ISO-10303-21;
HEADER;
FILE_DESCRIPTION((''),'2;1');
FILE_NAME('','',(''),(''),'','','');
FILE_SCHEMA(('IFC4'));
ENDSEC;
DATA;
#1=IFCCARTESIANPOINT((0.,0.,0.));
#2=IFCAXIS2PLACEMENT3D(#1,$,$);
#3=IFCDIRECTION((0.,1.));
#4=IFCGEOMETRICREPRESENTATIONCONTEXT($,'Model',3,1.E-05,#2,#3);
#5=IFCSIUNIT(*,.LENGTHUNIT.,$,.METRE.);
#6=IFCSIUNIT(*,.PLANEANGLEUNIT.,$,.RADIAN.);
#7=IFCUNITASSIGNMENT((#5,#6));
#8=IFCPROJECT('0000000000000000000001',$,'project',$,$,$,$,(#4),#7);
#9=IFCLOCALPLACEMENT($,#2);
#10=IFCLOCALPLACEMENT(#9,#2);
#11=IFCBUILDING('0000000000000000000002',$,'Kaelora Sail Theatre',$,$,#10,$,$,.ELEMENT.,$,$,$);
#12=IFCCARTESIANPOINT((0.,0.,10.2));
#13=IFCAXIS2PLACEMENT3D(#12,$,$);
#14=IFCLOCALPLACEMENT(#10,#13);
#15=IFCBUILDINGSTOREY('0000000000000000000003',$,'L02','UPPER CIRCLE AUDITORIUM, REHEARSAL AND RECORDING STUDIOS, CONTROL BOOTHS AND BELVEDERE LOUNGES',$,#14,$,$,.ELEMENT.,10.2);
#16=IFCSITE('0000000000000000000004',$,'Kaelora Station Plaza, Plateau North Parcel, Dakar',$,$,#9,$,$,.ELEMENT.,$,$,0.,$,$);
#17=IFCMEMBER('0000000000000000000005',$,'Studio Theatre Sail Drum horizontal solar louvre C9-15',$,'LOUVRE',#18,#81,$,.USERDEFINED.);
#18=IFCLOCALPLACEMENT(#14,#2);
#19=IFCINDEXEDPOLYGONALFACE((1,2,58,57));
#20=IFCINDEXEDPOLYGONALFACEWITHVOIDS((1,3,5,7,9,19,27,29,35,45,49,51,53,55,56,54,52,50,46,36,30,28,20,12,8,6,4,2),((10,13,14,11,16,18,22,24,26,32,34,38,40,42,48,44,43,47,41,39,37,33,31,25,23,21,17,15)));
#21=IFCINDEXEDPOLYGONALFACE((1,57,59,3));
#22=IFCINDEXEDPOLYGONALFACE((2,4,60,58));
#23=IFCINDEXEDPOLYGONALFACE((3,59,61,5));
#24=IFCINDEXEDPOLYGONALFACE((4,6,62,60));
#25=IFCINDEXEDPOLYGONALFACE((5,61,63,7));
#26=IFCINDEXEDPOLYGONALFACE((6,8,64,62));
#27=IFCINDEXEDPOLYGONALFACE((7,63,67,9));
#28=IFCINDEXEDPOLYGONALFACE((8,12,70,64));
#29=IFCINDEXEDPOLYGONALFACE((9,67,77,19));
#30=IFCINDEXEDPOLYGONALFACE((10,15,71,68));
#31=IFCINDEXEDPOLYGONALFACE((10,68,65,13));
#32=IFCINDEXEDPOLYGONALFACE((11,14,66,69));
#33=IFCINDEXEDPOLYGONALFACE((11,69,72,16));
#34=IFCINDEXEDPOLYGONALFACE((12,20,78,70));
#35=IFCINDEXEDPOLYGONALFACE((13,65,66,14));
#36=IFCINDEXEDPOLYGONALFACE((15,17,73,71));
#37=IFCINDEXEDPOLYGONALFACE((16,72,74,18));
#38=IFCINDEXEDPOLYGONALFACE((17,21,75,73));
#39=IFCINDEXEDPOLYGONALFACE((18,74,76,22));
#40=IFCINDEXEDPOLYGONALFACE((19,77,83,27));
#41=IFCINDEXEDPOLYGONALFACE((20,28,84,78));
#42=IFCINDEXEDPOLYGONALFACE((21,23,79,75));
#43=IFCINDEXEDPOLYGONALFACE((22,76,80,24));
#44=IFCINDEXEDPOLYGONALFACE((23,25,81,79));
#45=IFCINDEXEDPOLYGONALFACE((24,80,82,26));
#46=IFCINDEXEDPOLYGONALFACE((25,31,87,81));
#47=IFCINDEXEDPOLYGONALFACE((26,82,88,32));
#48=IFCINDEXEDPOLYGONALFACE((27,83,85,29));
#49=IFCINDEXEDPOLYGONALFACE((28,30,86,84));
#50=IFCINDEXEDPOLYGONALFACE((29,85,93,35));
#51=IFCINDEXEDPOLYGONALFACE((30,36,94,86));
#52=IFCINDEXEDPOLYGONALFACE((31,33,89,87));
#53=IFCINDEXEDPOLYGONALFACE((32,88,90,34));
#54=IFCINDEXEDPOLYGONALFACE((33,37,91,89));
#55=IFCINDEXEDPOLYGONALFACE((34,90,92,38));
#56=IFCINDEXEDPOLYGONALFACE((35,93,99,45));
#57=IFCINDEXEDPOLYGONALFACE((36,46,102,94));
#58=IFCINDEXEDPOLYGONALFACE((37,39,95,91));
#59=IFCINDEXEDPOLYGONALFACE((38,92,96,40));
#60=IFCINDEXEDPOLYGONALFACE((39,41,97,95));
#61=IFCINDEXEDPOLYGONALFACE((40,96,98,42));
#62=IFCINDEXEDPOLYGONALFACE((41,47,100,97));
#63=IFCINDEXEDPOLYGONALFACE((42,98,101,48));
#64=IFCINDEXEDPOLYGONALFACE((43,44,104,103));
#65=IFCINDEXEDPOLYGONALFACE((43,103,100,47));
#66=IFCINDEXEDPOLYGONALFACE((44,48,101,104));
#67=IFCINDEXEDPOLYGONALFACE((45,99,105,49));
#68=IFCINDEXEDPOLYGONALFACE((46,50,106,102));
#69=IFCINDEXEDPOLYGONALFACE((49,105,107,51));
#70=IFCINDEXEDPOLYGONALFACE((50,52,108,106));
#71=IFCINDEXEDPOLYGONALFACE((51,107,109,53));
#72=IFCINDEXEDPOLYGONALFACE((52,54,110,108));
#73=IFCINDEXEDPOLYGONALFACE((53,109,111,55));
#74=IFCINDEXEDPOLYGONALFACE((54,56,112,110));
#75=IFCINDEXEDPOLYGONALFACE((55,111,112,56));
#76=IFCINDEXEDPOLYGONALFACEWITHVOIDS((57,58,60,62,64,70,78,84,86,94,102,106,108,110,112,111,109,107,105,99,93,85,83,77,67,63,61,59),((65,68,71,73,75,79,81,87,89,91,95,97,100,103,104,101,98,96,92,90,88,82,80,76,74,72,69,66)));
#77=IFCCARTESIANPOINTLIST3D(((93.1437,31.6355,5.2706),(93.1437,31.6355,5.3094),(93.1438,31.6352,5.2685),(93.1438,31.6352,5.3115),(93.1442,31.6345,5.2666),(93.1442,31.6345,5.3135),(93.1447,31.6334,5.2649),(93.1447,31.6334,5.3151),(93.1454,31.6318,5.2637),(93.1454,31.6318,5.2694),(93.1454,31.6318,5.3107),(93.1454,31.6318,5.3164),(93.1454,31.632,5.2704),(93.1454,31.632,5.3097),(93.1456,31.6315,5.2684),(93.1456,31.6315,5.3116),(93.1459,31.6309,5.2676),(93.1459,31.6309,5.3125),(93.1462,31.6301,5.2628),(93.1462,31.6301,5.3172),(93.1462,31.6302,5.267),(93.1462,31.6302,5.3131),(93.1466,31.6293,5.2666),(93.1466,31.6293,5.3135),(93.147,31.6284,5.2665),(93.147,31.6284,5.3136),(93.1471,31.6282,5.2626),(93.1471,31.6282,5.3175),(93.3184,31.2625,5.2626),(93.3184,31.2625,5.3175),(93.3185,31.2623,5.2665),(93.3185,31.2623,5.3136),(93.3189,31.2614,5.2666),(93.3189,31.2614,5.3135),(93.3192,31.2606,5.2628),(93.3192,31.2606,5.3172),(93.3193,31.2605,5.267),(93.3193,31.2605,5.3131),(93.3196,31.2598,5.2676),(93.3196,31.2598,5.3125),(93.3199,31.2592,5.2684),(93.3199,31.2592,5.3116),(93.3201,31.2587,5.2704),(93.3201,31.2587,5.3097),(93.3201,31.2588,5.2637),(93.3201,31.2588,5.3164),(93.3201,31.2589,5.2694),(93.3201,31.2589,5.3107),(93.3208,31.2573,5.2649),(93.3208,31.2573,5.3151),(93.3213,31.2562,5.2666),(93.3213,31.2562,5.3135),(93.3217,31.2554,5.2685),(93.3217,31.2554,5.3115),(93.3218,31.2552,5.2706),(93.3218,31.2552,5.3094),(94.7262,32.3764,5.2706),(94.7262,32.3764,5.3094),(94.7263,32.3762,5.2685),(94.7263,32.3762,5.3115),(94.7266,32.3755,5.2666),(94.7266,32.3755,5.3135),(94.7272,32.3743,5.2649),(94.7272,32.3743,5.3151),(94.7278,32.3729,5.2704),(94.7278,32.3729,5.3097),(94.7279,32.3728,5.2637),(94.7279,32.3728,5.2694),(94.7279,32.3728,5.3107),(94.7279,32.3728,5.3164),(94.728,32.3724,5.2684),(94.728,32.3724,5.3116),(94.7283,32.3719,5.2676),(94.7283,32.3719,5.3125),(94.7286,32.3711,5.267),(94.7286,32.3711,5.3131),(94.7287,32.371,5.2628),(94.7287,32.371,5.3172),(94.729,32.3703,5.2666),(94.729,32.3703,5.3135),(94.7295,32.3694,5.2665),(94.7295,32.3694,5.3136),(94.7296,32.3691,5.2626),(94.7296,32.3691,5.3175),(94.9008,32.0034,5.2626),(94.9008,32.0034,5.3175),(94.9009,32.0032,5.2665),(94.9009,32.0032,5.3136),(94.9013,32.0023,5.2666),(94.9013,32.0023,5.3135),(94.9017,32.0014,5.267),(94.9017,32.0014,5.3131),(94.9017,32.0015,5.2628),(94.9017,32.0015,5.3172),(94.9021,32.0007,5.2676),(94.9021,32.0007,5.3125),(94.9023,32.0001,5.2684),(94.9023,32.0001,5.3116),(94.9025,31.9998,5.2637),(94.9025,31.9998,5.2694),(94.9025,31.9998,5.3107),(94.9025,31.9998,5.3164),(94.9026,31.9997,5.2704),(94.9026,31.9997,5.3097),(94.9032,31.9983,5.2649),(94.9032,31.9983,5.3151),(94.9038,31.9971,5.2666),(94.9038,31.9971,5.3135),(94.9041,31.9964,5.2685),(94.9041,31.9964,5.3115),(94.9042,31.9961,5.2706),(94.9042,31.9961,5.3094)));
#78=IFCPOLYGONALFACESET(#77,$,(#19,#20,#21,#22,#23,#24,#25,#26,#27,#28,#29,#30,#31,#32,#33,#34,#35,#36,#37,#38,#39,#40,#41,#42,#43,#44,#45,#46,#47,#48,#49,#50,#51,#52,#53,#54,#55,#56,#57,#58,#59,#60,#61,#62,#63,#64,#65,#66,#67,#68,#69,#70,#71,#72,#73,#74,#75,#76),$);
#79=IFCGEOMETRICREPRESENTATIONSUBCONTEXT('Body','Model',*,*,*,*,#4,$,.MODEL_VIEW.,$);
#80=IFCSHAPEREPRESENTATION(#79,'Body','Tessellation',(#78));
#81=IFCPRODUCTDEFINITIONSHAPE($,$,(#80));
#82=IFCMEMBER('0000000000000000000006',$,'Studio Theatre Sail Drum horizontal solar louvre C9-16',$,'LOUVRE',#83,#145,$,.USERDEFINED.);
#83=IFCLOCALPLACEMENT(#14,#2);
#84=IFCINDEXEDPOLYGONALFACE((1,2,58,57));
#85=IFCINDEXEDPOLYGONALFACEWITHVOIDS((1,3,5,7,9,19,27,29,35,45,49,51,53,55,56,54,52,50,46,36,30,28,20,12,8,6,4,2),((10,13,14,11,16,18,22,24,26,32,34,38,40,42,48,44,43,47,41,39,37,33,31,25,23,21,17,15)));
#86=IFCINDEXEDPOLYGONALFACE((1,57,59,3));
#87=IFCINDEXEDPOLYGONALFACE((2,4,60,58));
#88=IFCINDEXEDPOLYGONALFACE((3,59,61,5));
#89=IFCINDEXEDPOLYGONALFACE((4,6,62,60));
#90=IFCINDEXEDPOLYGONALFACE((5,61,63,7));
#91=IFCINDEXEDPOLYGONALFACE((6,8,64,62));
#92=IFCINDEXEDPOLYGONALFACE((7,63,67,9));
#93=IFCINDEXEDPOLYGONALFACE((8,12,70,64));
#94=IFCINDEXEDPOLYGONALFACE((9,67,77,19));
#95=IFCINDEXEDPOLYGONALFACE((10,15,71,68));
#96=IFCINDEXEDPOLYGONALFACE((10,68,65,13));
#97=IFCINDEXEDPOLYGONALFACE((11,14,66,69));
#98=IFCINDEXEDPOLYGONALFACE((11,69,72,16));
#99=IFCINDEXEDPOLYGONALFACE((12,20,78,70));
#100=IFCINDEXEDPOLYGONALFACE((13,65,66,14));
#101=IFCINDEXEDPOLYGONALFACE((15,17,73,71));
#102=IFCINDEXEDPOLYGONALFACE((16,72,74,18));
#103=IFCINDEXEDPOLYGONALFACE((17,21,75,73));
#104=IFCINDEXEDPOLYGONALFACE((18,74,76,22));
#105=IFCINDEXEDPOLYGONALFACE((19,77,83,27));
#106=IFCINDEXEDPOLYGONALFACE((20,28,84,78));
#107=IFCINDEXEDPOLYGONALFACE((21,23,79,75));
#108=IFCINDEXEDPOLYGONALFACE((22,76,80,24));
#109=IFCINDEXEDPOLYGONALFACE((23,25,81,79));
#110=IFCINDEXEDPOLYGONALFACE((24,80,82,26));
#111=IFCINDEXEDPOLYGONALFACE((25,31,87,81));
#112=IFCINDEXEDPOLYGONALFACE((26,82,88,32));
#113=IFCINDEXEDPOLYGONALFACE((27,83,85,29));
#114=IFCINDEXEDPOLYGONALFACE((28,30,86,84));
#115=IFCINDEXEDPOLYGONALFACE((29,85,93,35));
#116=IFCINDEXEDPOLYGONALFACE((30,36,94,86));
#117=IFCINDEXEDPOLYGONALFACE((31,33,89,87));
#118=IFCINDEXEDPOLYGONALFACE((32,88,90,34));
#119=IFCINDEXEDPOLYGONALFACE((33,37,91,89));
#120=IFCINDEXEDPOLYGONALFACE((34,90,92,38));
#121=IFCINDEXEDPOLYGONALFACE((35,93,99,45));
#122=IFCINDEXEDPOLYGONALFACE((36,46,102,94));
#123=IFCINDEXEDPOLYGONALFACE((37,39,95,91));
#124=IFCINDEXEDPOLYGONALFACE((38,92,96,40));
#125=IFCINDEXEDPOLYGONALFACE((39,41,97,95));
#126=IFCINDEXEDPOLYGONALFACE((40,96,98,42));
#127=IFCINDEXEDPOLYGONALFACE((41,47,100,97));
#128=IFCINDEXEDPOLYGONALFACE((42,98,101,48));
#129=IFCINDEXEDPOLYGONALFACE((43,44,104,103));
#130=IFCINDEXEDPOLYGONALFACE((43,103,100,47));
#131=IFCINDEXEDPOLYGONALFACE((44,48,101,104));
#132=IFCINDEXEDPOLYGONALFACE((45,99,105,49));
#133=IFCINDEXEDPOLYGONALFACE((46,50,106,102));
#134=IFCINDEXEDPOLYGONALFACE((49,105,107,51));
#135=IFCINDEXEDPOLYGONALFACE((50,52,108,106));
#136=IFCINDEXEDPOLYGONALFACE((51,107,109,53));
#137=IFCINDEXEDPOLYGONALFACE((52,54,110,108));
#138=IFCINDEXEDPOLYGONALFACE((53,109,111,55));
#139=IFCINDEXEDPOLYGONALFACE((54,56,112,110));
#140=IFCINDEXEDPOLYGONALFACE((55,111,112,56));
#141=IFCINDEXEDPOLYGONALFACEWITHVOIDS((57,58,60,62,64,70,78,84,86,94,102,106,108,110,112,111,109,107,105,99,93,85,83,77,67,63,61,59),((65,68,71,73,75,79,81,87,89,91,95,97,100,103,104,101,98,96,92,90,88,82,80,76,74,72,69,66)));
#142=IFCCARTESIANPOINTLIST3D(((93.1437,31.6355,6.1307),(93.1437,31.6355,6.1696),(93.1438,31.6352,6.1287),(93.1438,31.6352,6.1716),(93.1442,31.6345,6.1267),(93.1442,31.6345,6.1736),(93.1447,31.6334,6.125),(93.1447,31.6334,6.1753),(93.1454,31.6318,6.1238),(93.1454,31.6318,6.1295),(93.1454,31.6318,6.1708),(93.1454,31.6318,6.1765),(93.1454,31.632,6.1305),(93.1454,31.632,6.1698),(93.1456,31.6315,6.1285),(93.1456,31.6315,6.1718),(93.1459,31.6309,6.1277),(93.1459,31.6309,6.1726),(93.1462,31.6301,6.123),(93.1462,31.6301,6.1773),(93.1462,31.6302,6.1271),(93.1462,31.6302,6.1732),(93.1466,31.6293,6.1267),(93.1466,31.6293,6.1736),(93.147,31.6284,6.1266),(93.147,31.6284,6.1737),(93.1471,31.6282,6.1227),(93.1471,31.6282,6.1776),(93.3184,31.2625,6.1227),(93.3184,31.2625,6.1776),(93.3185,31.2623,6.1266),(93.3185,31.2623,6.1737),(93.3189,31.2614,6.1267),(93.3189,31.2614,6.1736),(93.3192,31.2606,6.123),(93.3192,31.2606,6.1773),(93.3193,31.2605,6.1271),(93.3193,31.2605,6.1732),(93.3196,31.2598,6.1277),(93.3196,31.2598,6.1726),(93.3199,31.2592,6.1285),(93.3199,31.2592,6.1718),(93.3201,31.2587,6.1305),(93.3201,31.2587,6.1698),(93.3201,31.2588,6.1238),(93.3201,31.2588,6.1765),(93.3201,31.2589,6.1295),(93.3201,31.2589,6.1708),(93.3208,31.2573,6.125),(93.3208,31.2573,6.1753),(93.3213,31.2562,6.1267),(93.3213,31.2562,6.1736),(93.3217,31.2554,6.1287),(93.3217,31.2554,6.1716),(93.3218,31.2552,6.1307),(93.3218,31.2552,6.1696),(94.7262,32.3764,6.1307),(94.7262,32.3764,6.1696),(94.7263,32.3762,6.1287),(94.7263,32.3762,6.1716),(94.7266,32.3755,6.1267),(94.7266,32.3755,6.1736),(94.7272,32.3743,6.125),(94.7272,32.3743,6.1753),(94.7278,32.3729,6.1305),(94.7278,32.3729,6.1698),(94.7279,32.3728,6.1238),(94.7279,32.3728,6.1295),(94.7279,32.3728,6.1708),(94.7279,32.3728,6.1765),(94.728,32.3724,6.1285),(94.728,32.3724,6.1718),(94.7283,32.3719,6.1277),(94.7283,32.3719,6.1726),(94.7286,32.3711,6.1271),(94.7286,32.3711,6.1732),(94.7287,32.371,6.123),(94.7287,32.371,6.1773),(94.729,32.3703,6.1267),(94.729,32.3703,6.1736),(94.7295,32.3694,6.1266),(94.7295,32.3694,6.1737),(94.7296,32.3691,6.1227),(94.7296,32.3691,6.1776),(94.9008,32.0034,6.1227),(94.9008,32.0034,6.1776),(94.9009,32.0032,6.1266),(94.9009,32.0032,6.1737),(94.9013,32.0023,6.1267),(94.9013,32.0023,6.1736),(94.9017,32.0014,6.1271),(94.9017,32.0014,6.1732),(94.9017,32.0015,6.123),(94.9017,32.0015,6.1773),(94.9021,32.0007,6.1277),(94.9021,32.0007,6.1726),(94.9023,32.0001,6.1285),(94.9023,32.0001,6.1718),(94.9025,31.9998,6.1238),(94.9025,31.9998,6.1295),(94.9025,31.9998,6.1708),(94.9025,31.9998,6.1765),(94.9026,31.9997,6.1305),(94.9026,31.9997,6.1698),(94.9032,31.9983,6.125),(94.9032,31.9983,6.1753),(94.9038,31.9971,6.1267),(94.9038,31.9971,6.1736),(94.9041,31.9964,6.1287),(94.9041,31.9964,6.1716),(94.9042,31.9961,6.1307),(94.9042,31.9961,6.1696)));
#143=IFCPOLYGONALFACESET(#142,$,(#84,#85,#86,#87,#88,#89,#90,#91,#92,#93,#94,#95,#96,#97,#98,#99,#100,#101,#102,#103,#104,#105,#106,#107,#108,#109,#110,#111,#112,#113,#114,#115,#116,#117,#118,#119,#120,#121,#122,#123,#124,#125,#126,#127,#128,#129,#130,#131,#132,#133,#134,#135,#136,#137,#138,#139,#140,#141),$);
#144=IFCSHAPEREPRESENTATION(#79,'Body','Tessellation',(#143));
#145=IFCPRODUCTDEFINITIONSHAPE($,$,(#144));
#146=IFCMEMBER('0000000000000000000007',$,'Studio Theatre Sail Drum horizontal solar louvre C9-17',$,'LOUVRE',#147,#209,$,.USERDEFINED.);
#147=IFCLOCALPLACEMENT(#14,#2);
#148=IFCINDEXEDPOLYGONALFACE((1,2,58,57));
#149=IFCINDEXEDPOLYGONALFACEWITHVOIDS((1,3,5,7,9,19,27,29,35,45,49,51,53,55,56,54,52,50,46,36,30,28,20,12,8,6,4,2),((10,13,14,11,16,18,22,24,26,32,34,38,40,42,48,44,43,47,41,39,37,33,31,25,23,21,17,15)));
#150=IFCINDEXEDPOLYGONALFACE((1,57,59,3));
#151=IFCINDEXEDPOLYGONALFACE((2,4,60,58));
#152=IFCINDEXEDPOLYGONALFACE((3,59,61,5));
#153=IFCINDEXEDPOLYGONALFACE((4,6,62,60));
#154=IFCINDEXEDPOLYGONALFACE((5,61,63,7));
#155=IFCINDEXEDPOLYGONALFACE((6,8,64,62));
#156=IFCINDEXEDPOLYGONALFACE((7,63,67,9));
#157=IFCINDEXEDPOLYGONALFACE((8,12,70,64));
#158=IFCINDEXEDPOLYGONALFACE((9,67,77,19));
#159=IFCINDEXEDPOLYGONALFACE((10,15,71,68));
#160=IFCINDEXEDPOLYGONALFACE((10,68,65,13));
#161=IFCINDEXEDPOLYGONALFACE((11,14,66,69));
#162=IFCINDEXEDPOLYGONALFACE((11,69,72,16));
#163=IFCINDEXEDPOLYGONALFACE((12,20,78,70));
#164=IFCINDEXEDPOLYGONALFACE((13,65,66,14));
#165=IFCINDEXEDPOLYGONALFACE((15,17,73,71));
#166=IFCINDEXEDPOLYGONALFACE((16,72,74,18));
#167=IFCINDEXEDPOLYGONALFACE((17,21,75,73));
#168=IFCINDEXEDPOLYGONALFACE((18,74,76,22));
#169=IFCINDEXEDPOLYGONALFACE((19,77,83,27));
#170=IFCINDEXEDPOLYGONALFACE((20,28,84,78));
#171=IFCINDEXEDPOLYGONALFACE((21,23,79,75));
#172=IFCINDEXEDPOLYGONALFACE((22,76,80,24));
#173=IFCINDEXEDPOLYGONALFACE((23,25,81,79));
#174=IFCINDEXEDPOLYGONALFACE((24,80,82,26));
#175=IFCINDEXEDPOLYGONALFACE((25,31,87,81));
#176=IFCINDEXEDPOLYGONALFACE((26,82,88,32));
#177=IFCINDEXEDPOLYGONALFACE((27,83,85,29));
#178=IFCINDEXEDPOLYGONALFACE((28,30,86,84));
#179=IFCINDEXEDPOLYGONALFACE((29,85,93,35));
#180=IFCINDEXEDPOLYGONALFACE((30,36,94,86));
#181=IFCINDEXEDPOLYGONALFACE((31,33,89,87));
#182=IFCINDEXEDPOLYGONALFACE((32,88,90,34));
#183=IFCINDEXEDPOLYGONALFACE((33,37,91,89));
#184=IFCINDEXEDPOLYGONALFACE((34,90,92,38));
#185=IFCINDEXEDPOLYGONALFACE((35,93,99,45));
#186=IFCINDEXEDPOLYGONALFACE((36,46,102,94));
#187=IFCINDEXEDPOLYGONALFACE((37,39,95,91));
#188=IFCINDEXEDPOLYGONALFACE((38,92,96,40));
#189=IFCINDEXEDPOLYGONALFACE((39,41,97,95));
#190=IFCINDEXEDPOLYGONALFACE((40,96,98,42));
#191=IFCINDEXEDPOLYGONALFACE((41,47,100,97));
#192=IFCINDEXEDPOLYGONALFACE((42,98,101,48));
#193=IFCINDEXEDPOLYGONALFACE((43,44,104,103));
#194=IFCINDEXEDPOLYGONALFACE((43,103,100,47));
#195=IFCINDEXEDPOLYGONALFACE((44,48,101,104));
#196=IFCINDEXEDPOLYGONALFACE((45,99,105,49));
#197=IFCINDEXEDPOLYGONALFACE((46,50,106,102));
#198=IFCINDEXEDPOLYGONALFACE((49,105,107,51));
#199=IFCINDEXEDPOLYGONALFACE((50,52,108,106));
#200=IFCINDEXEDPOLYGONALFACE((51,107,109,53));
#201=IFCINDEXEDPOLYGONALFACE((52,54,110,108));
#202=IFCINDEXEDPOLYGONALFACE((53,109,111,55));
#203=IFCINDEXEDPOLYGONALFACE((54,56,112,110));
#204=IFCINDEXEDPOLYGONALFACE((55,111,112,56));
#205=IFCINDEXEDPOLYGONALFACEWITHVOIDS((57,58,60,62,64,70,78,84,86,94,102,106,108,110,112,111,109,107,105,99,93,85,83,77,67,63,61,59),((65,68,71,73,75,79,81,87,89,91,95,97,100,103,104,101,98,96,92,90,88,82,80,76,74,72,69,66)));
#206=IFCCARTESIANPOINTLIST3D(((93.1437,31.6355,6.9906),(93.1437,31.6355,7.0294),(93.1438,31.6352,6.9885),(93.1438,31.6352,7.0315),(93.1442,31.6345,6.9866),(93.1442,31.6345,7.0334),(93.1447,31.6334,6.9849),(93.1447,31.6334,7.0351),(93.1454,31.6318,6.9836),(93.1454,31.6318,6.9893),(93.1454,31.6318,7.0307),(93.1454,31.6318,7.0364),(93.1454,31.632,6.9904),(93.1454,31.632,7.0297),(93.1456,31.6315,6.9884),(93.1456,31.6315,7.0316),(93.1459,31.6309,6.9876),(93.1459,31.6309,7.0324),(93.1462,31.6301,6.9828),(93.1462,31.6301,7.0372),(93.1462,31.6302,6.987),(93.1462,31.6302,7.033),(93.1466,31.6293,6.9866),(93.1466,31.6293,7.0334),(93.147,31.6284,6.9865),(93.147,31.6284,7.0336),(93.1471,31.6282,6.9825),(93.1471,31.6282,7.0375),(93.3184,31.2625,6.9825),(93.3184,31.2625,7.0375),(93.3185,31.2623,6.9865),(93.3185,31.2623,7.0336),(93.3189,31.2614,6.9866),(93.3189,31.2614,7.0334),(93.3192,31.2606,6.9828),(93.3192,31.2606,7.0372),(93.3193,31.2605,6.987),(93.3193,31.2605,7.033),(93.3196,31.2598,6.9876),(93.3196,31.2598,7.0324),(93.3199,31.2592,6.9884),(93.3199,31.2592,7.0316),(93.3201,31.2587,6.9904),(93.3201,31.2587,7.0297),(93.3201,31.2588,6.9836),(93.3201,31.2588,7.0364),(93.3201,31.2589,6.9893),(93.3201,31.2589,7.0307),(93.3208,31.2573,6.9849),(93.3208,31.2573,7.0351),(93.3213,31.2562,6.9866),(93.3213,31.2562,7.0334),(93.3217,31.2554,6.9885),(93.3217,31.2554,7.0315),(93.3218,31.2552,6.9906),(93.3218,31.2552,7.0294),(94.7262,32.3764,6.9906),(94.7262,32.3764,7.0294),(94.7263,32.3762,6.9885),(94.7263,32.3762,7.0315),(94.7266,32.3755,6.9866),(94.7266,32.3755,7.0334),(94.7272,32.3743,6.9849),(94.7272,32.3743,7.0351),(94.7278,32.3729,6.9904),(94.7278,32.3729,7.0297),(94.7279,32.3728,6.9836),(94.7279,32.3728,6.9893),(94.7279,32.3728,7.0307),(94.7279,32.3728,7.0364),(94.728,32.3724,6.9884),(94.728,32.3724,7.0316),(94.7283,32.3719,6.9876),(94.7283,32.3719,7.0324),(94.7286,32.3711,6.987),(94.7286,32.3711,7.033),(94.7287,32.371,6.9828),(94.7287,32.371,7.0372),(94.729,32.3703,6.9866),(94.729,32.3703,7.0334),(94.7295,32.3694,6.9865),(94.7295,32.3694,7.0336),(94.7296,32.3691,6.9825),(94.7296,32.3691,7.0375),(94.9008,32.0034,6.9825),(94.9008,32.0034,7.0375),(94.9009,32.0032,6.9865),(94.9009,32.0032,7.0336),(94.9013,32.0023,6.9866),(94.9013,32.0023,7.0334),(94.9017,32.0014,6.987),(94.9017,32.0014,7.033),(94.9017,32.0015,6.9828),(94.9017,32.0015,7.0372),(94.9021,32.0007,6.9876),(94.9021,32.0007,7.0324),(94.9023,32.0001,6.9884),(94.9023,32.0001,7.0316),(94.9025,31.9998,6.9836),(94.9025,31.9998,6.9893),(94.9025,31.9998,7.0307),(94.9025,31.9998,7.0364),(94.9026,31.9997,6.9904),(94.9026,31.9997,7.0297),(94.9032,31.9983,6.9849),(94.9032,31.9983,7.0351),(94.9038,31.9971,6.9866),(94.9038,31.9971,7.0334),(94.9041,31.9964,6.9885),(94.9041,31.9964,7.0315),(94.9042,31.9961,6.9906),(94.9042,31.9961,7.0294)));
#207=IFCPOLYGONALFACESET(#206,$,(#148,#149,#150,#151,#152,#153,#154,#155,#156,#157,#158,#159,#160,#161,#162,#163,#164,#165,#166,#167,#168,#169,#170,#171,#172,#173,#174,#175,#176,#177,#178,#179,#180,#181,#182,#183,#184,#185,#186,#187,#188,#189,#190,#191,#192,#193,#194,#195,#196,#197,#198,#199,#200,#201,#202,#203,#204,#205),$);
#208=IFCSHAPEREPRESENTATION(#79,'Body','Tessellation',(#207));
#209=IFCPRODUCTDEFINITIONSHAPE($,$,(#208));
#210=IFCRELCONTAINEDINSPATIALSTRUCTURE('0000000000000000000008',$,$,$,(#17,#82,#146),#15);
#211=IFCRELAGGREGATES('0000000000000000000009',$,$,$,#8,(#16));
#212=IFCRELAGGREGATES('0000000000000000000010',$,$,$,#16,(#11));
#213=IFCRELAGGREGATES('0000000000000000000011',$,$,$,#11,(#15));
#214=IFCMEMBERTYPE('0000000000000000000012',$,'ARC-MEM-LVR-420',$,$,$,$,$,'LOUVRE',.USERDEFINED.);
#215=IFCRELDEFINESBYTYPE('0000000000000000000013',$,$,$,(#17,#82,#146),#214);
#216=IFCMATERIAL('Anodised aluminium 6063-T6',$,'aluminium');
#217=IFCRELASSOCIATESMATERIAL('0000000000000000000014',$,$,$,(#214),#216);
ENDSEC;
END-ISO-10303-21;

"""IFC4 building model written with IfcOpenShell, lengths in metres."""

from ifc_helpers import new_model, si_unit, direction, frame, origin, origin_2d, place, context, subcontext, project, spatial, hollow_rectangle, extrude, material, material_profile, profile_set, type_object, element, save


model = new_model("IFC4")

# Units and contexts
model_context = context("Model", 3, precision=1e-05, world=origin(), true_north=direction((0.0, 1.0)))
body_context = subcontext(model_context, "Body", "Model", "MODEL_VIEW")
ifc_project = project(units=[si_unit("LENGTHUNIT", "METRE"), si_unit("PLANEANGLEUNIT", "RADIAN")], contexts=[model_context])

# Site, building, storey
site_placement = place(None, origin())
site = spatial("IfcSite", under=ifc_project, at=site_placement, Name="Kaelora Station Plaza, Plateau North Parcel, Dakar", CompositionType="ELEMENT", RefElevation=0.0)
building_placement = place(site_placement, origin())
building = spatial("IfcBuilding", under=site, at=building_placement, Name="Kaelora Sail Theatre", CompositionType="ELEMENT")
storey_placement = place(building_placement, frame((0.0, 0.0, 10.2)))
storey = spatial("IfcBuildingStorey", under=building, at=storey_placement, Name="L02", Description="UPPER CIRCLE AUDITORIUM, REHEARSAL AND RECORDING STUDIOS, CONTROL BOOTHS AND BELVEDERE LOUNGES", CompositionType="ELEMENT", Elevation=10.2)

# Members
ifc_material_1 = material(Name="Anodised aluminium 6063-T6", Category="aluminium")
ifc_material_profile_1 = material_profile(ifc_material_1, hollow_rectangle(XDim=0.4199, YDim=0.0549, WallThickness=0.0039, InnerFilletRadius=0.0039, OuterFilletRadius=0.0081, at=origin_2d()), Name="LOUVRE 420x55x4")
ifc_profile_set_1 = profile_set([ifc_material_profile_1], Name="Anodised aluminium 6063-T6")
member_type = type_object("IfcMemberType", Name="ARC-MEM-LVR-420", ElementType="LOUVRE", PredefinedType="USERDEFINED", material=ifc_profile_set_1)
for number, where, z_axis, x_axis, name in (
    (1, (94.8152, 32.1863, 5.29), (-0.905643, -0.42404, 0.0), (0.42404, -0.905643, 0.0), "Studio Theatre Sail Drum horizontal solar louvre C9-15"),
    (2, (94.8152, 32.1863, 6.1501), (-0.905643, -0.42404, 0.0), (0.42404, -0.905643, 0.0), "Studio Theatre Sail Drum horizontal solar louvre C9-16"),
    (3, (94.8152, 32.1863, 7.01), (-0.905643, -0.42404, 0.0), (0.42404, -0.905643, 0.0), "Studio Theatre Sail Drum horizontal solar louvre C9-17"),
):
    element("IfcMember", number, at=place(storey_placement, frame(where, z_axis=z_axis, x_axis=x_axis)), inside=storey, type_object=member_type, Name=name, ObjectType="LOUVRE", PredefinedType="USERDEFINED", context=body_context, shape_type="SweptSolid", body=[
        extrude(hollow_rectangle(XDim=0.4199, YDim=0.0549, WallThickness=0.0039, InnerFilletRadius=0.0039, OuterFilletRadius=0.0081, at=origin_2d()), origin(), (0.0, 0.0, 1.0), 1.7473),
    ])

save(model, "model.ifc")
